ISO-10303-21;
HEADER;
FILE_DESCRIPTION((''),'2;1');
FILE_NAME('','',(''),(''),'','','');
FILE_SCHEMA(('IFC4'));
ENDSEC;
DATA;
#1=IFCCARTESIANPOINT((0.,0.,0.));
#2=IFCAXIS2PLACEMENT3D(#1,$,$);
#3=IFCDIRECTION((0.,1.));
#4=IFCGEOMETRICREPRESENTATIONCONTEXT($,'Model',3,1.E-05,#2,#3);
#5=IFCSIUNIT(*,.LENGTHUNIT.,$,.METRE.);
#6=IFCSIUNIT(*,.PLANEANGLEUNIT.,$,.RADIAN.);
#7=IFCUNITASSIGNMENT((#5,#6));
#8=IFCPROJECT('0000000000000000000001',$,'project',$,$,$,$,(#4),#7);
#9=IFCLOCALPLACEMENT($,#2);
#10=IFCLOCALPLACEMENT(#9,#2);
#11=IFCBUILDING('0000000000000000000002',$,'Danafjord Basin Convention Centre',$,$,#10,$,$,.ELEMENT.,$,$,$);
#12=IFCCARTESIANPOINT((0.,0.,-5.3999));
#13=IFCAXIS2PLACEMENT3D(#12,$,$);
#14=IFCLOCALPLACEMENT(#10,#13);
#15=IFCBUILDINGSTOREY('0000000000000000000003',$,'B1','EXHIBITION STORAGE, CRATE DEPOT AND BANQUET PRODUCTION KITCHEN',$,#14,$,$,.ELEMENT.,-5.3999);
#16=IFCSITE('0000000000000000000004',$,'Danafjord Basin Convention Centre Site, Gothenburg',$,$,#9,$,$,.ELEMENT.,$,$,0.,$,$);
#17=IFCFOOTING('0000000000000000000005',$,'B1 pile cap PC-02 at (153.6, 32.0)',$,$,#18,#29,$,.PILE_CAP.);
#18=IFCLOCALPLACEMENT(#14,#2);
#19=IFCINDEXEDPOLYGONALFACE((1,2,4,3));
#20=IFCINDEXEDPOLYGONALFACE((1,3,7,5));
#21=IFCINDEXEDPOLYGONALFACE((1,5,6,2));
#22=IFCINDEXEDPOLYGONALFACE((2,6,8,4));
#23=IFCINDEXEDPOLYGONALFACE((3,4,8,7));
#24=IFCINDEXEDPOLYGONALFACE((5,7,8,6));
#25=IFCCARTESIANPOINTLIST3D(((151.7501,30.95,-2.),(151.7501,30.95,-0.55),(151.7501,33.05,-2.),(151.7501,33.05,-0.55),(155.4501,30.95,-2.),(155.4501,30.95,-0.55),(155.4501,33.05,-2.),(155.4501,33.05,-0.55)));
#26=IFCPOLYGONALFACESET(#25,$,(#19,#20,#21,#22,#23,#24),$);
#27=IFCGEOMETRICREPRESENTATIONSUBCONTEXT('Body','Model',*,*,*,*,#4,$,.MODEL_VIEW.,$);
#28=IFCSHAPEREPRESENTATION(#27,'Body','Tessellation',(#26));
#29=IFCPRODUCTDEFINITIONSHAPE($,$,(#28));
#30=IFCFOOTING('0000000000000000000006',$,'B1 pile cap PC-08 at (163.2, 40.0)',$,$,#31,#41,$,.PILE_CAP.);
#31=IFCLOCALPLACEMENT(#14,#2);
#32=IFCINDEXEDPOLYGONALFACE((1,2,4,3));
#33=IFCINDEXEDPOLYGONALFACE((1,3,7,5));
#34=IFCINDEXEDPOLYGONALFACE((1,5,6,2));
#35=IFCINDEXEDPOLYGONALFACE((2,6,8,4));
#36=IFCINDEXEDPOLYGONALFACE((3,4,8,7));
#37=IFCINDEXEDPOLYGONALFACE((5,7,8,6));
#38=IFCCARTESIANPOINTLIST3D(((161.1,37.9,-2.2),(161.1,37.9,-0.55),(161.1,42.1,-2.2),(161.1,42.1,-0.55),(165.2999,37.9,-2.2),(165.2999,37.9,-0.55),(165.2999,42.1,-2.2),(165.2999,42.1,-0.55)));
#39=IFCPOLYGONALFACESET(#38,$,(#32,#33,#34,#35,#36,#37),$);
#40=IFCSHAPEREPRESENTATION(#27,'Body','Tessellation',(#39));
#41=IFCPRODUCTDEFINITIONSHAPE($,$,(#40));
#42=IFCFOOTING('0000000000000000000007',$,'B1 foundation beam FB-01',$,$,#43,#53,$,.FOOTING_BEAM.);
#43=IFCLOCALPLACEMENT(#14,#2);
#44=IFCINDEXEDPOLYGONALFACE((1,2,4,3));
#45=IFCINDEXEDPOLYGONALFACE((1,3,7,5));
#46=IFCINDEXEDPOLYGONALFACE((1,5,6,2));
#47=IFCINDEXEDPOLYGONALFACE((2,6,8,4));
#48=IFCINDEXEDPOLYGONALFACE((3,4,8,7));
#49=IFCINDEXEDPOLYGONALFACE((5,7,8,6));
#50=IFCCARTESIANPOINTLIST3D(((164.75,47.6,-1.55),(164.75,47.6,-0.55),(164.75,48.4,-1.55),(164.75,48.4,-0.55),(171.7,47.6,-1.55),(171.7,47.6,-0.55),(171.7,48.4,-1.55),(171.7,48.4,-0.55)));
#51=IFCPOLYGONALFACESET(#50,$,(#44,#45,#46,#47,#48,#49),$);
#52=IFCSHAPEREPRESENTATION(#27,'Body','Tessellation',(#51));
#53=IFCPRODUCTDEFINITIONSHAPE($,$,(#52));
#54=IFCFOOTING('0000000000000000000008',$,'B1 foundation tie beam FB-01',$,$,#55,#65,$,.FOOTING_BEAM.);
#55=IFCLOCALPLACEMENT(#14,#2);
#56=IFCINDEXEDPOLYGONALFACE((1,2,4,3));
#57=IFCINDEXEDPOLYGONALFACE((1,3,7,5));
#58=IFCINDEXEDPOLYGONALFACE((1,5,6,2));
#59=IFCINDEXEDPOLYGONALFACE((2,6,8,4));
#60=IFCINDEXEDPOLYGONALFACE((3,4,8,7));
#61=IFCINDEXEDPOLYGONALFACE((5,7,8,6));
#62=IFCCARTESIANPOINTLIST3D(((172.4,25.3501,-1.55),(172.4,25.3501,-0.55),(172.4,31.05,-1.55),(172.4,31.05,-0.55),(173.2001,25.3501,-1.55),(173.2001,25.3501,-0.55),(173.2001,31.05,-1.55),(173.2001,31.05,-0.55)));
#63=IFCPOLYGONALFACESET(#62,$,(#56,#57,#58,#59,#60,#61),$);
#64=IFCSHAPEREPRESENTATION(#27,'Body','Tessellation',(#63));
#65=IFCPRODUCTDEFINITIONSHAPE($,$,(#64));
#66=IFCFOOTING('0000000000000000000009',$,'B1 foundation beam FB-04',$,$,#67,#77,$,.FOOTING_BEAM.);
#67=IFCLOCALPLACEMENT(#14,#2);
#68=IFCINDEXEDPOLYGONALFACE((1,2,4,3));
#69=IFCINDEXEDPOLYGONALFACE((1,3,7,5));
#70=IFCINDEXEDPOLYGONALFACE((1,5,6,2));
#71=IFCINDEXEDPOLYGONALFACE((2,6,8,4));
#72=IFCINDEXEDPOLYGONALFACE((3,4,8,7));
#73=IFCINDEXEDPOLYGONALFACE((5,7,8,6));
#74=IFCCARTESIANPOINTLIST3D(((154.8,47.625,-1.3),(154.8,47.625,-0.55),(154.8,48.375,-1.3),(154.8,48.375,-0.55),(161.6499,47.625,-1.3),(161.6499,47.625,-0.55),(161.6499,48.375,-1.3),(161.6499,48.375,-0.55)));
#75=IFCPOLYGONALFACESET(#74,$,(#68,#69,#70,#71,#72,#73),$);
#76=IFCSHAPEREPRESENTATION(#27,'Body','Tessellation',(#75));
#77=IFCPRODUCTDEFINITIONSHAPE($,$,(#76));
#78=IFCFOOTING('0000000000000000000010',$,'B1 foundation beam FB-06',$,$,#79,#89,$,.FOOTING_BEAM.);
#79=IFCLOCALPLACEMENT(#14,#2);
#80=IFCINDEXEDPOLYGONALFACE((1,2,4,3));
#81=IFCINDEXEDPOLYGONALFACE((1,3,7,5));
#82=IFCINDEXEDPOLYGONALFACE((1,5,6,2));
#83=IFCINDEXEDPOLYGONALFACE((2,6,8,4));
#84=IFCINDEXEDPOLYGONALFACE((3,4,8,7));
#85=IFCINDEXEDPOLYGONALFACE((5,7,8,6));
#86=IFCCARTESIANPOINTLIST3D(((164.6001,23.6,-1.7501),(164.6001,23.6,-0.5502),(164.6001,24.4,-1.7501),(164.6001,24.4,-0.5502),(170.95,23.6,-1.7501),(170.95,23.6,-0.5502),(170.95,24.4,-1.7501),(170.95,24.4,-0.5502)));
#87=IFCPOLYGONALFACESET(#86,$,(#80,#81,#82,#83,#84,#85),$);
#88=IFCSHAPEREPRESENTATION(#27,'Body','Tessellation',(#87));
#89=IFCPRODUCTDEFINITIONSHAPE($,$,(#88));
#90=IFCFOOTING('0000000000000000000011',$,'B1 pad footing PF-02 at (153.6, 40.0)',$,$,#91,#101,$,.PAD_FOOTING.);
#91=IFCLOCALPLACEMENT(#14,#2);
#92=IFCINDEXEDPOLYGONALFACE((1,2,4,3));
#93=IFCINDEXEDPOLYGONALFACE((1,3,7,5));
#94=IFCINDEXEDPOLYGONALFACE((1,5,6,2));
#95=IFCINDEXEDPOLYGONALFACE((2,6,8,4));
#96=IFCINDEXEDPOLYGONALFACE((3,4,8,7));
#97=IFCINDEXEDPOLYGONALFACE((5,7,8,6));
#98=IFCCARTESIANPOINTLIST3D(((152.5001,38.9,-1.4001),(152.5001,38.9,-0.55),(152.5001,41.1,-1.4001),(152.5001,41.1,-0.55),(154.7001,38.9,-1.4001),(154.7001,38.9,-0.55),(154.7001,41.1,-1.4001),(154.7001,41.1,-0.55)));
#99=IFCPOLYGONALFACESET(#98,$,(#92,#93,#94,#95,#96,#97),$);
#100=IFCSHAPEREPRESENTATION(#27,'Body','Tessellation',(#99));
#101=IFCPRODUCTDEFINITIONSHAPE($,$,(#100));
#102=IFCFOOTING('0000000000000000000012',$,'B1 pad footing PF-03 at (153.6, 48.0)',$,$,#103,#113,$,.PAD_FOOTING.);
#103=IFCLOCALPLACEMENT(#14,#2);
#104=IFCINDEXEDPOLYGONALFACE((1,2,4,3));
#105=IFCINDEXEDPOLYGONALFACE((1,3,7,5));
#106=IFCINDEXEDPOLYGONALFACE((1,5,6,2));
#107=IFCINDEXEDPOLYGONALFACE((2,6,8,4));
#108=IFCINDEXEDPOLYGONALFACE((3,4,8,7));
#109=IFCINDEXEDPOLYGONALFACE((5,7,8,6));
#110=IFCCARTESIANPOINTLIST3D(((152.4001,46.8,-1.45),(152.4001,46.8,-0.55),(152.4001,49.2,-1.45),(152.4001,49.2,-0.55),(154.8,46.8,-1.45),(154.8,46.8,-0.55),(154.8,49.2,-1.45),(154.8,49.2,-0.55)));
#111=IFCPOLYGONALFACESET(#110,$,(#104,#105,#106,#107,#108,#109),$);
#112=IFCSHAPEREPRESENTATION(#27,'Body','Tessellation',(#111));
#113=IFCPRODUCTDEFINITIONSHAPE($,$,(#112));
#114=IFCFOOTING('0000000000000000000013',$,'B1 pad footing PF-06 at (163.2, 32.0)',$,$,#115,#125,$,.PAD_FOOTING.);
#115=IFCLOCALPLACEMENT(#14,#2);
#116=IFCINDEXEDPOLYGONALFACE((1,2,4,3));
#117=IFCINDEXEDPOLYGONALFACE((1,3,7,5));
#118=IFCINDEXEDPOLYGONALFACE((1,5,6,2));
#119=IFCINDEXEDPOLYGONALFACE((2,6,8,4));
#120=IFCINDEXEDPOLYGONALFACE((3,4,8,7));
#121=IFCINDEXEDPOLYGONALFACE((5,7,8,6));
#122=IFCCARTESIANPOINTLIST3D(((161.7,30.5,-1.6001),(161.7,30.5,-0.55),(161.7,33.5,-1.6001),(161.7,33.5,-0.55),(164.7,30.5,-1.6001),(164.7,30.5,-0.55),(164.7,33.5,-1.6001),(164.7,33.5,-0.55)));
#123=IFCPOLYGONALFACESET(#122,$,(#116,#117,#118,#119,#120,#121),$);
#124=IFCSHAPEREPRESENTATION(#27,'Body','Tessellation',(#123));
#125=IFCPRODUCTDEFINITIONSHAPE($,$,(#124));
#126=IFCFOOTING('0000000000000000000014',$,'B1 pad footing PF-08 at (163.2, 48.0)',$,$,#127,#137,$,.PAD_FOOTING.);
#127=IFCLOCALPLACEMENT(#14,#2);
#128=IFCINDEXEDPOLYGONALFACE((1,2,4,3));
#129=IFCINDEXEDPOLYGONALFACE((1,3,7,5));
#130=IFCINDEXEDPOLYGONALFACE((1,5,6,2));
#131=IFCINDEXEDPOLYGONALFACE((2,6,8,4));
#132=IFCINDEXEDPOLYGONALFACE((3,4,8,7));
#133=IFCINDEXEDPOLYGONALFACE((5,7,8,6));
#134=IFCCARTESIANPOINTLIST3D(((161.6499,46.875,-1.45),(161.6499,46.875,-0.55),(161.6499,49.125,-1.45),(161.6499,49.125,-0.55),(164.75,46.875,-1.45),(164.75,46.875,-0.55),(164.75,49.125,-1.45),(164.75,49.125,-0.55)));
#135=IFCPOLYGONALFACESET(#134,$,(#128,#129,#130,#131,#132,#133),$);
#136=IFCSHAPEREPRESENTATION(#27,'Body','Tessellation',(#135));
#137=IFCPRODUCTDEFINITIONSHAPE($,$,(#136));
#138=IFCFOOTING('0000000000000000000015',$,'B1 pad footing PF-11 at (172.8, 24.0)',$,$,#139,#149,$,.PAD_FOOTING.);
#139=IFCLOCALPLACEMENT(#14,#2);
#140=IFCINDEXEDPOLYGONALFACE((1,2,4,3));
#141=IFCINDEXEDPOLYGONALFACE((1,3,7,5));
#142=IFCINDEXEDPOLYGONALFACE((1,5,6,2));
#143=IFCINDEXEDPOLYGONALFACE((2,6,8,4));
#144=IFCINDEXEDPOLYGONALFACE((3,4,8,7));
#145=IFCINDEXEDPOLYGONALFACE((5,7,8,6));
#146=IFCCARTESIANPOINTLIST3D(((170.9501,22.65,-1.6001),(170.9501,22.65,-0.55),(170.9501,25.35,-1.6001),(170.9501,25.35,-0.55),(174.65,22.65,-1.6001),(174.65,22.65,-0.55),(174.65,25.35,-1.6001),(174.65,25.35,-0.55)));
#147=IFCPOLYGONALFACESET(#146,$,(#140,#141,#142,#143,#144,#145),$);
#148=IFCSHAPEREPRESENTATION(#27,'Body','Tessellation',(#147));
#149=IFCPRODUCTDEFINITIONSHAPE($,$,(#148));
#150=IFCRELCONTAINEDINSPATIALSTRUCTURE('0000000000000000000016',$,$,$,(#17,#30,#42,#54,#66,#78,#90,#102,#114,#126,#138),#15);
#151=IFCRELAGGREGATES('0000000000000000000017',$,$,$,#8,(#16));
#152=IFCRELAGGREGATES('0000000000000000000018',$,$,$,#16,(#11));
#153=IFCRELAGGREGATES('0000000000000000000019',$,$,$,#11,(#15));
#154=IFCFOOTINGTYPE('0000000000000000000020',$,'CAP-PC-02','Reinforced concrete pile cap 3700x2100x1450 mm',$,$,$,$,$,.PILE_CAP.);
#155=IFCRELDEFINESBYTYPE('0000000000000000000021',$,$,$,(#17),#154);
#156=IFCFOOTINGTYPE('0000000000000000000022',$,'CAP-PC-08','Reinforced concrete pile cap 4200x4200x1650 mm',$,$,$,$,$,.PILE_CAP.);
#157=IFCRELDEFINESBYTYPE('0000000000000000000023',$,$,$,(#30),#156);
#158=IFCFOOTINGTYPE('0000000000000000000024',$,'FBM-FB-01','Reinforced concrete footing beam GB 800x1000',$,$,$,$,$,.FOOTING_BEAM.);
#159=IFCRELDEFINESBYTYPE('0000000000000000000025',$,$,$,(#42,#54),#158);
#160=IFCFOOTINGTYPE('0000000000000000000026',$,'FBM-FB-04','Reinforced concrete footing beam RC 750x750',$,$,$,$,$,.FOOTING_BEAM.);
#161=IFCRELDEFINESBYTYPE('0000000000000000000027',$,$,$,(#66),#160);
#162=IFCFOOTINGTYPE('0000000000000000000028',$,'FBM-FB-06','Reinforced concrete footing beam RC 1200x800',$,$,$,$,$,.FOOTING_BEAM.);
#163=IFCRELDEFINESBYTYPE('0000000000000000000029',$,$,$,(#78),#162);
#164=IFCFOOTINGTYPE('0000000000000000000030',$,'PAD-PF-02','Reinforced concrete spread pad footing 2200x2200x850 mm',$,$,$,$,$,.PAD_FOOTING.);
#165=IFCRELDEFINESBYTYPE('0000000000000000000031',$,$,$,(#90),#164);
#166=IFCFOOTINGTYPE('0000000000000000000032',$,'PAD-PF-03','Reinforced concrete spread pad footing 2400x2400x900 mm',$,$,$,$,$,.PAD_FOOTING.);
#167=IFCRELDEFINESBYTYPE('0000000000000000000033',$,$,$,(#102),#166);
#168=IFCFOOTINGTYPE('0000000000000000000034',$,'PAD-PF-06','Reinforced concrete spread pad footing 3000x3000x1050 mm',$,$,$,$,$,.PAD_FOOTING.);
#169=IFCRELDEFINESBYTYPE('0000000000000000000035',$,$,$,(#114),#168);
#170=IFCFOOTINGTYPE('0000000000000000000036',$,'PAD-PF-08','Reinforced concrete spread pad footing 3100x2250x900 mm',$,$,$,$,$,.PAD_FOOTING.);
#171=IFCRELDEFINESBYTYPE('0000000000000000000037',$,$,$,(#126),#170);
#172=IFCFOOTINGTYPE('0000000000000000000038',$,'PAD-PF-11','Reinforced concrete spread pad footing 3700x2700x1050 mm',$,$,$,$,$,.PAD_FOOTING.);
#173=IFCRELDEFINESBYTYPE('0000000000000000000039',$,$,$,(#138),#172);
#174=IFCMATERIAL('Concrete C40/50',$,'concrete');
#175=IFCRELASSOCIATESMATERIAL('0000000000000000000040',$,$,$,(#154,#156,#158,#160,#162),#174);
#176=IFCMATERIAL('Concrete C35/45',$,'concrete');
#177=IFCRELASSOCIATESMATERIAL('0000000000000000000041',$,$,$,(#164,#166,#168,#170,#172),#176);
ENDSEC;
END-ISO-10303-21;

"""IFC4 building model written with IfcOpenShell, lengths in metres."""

from ifc_helpers import new_model, si_unit, direction, frame, origin, origin_2d, place, context, subcontext, project, spatial, rectangle, extrude, material, material_profile, profile_set, type_object, element, save


model = new_model("IFC4")

# Units and contexts
model_context = context("Model", 3, precision=1e-05, world=origin(), true_north=direction((0.0, 1.0)))
body_context = subcontext(model_context, "Body", "Model", "MODEL_VIEW")
ifc_project = project(units=[si_unit("LENGTHUNIT", "METRE"), si_unit("PLANEANGLEUNIT", "RADIAN")], contexts=[model_context])

# Site, building, storey
site_placement = place(None, origin())
site = spatial("IfcSite", under=ifc_project, at=site_placement, Name="Danafjord Basin Convention Centre Site, Gothenburg", CompositionType="ELEMENT", RefElevation=0.0)
building_placement = place(site_placement, origin())
building = spatial("IfcBuilding", under=site, at=building_placement, Name="Danafjord Basin Convention Centre", CompositionType="ELEMENT")
storey_placement = place(building_placement, frame((0.0, 0.0, -5.3999)))
storey = spatial("IfcBuildingStorey", under=building, at=storey_placement, Name="B1", Description="EXHIBITION STORAGE, CRATE DEPOT AND BANQUET PRODUCTION KITCHEN", CompositionType="ELEMENT", Elevation=-5.3999)

# Footings
ifc_material_1 = material(Name="Concrete C40/50", Category="concrete")
footing_type_1 = type_object("IfcFootingType", Name="CAP-PC-02", Description="Reinforced concrete pile cap 3700x2100x1450 mm", PredefinedType="PILE_CAP", material=ifc_material_1)
footing_1_placement = place(storey_placement, frame((153.6001, 32.0, -2.0), z_axis=(0.0, 0.0, 1.0), x_axis=(1.0, 0.0, 0.0)))
element("IfcFooting", 1, at=footing_1_placement, inside=storey, type_object=footing_type_1, Name="B1 pile cap PC-02 at (153.6, 32.0)", PredefinedType="PILE_CAP", context=body_context, shape_type="SweptSolid", body=[
    extrude(rectangle(XDim=3.7, YDim=2.1001, at=origin_2d()), origin(), (0.0, 0.0, 1.0), 1.45),
])
footing_type_2 = type_object("IfcFootingType", Name="CAP-PC-08", Description="Reinforced concrete pile cap 4200x4200x1650 mm", PredefinedType="PILE_CAP", material=ifc_material_1)
footing_2_placement = place(storey_placement, frame((163.2, 40.0, -2.2), z_axis=(0.0, 0.0, 1.0), x_axis=(1.0, 0.0, 0.0)))
element("IfcFooting", 2, at=footing_2_placement, inside=storey, type_object=footing_type_2, Name="B1 pile cap PC-08 at (163.2, 40.0)", PredefinedType="PILE_CAP", context=body_context, shape_type="SweptSolid", body=[
    extrude(rectangle(XDim=4.2, YDim=4.2, at=origin_2d()), origin(), (0.0, 0.0, 1.0), 1.6499),
])
ifc_material_profile_1 = material_profile(ifc_material_1, rectangle(XDim=0.8, YDim=1.0, at=origin_2d()), Name="GB 800x1000")
ifc_profile_set_1 = profile_set([ifc_material_profile_1], Name="Concrete C40/50")
footing_type_3 = type_object("IfcFootingType", Name="FBM-FB-01", Description="Reinforced concrete footing beam GB 800x1000", PredefinedType="FOOTING_BEAM", material=ifc_profile_set_1)
footing_3_placement = place(storey_placement, frame((164.75, 48.0, -1.05), z_axis=(1.0, 0.0, 0.0), x_axis=(0.0, 1.0, 0.0)))
element("IfcFooting", 3, at=footing_3_placement, inside=storey, type_object=footing_type_3, Name="B1 foundation beam FB-01", PredefinedType="FOOTING_BEAM", context=body_context, shape_type="SweptSolid", body=[
    extrude(rectangle(XDim=0.8, YDim=1.0, at=origin_2d()), origin(), (0.0, 0.0, 1.0), 6.95),
])
footing_4_placement = place(storey_placement, frame((172.8, 25.3501, -1.05), z_axis=(0.0, 1.0, 0.0), x_axis=(-1.0, 0.0, 0.0)))
element("IfcFooting", 4, at=footing_4_placement, inside=storey, type_object=footing_type_3, Name="B1 foundation tie beam FB-01", PredefinedType="FOOTING_BEAM", context=body_context, shape_type="SweptSolid", body=[
    extrude(rectangle(XDim=0.8, YDim=1.0, at=origin_2d()), origin(), (0.0, 0.0, 1.0), 5.7),
])
ifc_material_profile_2 = material_profile(ifc_material_1, rectangle(XDim=0.75, YDim=0.75, at=origin_2d()), Name="RC 750x750")
ifc_profile_set_2 = profile_set([ifc_material_profile_2], Name="Concrete C40/50")
footing_type_4 = type_object("IfcFootingType", Name="FBM-FB-04", Description="Reinforced concrete footing beam RC 750x750", PredefinedType="FOOTING_BEAM", material=ifc_profile_set_2)
footing_5_placement = place(storey_placement, frame((154.8, 48.0, -0.925), z_axis=(1.0, 0.0, 0.0), x_axis=(0.0, 1.0, 0.0)))
element("IfcFooting", 5, at=footing_5_placement, inside=storey, type_object=footing_type_4, Name="B1 foundation beam FB-04", PredefinedType="FOOTING_BEAM", context=body_context, shape_type="SweptSolid", body=[
    extrude(rectangle(XDim=0.75, YDim=0.75, at=origin_2d()), origin(), (0.0, 0.0, 1.0), 6.8499),
])
ifc_material_profile_3 = material_profile(ifc_material_1, rectangle(XDim=0.8, YDim=1.2, at=origin_2d()), Name="RC 1200x800")
ifc_profile_set_3 = profile_set([ifc_material_profile_3], Name="Concrete C40/50")
footing_type_5 = type_object("IfcFootingType", Name="FBM-FB-06", Description="Reinforced concrete footing beam RC 1200x800", PredefinedType="FOOTING_BEAM", material=ifc_profile_set_3)
footing_6_placement = place(storey_placement, frame((164.6001, 24.0, -1.1501), z_axis=(1.0, 0.0, 0.0), x_axis=(0.0, 1.0, 0.0)))
element("IfcFooting", 6, at=footing_6_placement, inside=storey, type_object=footing_type_5, Name="B1 foundation beam FB-06", PredefinedType="FOOTING_BEAM", context=body_context, shape_type="SweptSolid", body=[
    extrude(rectangle(XDim=0.8, YDim=1.2, at=origin_2d()), origin(), (0.0, 0.0, 1.0), 6.3499),
])
ifc_material_2 = material(Name="Concrete C35/45", Category="concrete")
footing_type_6 = type_object("IfcFootingType", Name="PAD-PF-02", Description="Reinforced concrete spread pad footing 2200x2200x850 mm", PredefinedType="PAD_FOOTING", material=ifc_material_2)
footing_7_placement = place(storey_placement, frame((153.6001, 40.0, -1.4001), z_axis=(0.0, 0.0, 1.0), x_axis=(1.0, 0.0, 0.0)))
element("IfcFooting", 7, at=footing_7_placement, inside=storey, type_object=footing_type_6, Name="B1 pad footing PF-02 at (153.6, 40.0)", PredefinedType="PAD_FOOTING", context=body_context, shape_type="SweptSolid", body=[
    extrude(rectangle(XDim=2.2, YDim=2.2, at=origin_2d()), origin(), (0.0, 0.0, 1.0), 0.8501),
])
footing_type_7 = type_object("IfcFootingType", Name="PAD-PF-03", Description="Reinforced concrete spread pad footing 2400x2400x900 mm", PredefinedType="PAD_FOOTING", material=ifc_material_2)
footing_8_placement = place(storey_placement, frame((153.6001, 48.0, -1.45), z_axis=(0.0, 0.0, 1.0), x_axis=(1.0, 0.0, 0.0)))
element("IfcFooting", 8, at=footing_8_placement, inside=storey, type_object=footing_type_7, Name="B1 pad footing PF-03 at (153.6, 48.0)", PredefinedType="PAD_FOOTING", context=body_context, shape_type="SweptSolid", body=[
    extrude(rectangle(XDim=2.3999, YDim=2.3999, at=origin_2d()), origin(), (0.0, 0.0, 1.0), 0.8999),
])
footing_type_8 = type_object("IfcFootingType", Name="PAD-PF-06", Description="Reinforced concrete spread pad footing 3000x3000x1050 mm", PredefinedType="PAD_FOOTING", material=ifc_material_2)
footing_9_placement = place(storey_placement, frame((163.2, 32.0, -1.6001), z_axis=(0.0, 0.0, 1.0), x_axis=(1.0, 0.0, 0.0)))
element("IfcFooting", 9, at=footing_9_placement, inside=storey, type_object=footing_type_8, Name="B1 pad footing PF-06 at (163.2, 32.0)", PredefinedType="PAD_FOOTING", context=body_context, shape_type="SweptSolid", body=[
    extrude(rectangle(XDim=3.0, YDim=3.0, at=origin_2d()), origin(), (0.0, 0.0, 1.0), 1.05),
])
footing_type_9 = type_object("IfcFootingType", Name="PAD-PF-08", Description="Reinforced concrete spread pad footing 3100x2250x900 mm", PredefinedType="PAD_FOOTING", material=ifc_material_2)
footing_10_placement = place(storey_placement, frame((163.2, 48.0, -1.45), z_axis=(0.0, 0.0, 1.0), x_axis=(1.0, 0.0, 0.0)))
element("IfcFooting", 10, at=footing_10_placement, inside=storey, type_object=footing_type_9, Name="B1 pad footing PF-08 at (163.2, 48.0)", PredefinedType="PAD_FOOTING", context=body_context, shape_type="SweptSolid", body=[
    extrude(rectangle(XDim=3.1001, YDim=2.25, at=origin_2d()), origin(), (0.0, 0.0, 1.0), 0.8999),
])
footing_type_10 = type_object("IfcFootingType", Name="PAD-PF-11", Description="Reinforced concrete spread pad footing 3700x2700x1050 mm", PredefinedType="PAD_FOOTING", material=ifc_material_2)
footing_11_placement = place(storey_placement, frame((172.8, 24.0, -1.6001), z_axis=(0.0, 0.0, 1.0), x_axis=(1.0, 0.0, 0.0)))
element("IfcFooting", 11, at=footing_11_placement, inside=storey, type_object=footing_type_10, Name="B1 pad footing PF-11 at (172.8, 24.0)", PredefinedType="PAD_FOOTING", context=body_context, shape_type="SweptSolid", body=[
    extrude(rectangle(XDim=3.7, YDim=2.7, at=origin_2d()), origin(), (0.0, 0.0, 1.0), 1.05),
])

save(model, "model.ifc")
